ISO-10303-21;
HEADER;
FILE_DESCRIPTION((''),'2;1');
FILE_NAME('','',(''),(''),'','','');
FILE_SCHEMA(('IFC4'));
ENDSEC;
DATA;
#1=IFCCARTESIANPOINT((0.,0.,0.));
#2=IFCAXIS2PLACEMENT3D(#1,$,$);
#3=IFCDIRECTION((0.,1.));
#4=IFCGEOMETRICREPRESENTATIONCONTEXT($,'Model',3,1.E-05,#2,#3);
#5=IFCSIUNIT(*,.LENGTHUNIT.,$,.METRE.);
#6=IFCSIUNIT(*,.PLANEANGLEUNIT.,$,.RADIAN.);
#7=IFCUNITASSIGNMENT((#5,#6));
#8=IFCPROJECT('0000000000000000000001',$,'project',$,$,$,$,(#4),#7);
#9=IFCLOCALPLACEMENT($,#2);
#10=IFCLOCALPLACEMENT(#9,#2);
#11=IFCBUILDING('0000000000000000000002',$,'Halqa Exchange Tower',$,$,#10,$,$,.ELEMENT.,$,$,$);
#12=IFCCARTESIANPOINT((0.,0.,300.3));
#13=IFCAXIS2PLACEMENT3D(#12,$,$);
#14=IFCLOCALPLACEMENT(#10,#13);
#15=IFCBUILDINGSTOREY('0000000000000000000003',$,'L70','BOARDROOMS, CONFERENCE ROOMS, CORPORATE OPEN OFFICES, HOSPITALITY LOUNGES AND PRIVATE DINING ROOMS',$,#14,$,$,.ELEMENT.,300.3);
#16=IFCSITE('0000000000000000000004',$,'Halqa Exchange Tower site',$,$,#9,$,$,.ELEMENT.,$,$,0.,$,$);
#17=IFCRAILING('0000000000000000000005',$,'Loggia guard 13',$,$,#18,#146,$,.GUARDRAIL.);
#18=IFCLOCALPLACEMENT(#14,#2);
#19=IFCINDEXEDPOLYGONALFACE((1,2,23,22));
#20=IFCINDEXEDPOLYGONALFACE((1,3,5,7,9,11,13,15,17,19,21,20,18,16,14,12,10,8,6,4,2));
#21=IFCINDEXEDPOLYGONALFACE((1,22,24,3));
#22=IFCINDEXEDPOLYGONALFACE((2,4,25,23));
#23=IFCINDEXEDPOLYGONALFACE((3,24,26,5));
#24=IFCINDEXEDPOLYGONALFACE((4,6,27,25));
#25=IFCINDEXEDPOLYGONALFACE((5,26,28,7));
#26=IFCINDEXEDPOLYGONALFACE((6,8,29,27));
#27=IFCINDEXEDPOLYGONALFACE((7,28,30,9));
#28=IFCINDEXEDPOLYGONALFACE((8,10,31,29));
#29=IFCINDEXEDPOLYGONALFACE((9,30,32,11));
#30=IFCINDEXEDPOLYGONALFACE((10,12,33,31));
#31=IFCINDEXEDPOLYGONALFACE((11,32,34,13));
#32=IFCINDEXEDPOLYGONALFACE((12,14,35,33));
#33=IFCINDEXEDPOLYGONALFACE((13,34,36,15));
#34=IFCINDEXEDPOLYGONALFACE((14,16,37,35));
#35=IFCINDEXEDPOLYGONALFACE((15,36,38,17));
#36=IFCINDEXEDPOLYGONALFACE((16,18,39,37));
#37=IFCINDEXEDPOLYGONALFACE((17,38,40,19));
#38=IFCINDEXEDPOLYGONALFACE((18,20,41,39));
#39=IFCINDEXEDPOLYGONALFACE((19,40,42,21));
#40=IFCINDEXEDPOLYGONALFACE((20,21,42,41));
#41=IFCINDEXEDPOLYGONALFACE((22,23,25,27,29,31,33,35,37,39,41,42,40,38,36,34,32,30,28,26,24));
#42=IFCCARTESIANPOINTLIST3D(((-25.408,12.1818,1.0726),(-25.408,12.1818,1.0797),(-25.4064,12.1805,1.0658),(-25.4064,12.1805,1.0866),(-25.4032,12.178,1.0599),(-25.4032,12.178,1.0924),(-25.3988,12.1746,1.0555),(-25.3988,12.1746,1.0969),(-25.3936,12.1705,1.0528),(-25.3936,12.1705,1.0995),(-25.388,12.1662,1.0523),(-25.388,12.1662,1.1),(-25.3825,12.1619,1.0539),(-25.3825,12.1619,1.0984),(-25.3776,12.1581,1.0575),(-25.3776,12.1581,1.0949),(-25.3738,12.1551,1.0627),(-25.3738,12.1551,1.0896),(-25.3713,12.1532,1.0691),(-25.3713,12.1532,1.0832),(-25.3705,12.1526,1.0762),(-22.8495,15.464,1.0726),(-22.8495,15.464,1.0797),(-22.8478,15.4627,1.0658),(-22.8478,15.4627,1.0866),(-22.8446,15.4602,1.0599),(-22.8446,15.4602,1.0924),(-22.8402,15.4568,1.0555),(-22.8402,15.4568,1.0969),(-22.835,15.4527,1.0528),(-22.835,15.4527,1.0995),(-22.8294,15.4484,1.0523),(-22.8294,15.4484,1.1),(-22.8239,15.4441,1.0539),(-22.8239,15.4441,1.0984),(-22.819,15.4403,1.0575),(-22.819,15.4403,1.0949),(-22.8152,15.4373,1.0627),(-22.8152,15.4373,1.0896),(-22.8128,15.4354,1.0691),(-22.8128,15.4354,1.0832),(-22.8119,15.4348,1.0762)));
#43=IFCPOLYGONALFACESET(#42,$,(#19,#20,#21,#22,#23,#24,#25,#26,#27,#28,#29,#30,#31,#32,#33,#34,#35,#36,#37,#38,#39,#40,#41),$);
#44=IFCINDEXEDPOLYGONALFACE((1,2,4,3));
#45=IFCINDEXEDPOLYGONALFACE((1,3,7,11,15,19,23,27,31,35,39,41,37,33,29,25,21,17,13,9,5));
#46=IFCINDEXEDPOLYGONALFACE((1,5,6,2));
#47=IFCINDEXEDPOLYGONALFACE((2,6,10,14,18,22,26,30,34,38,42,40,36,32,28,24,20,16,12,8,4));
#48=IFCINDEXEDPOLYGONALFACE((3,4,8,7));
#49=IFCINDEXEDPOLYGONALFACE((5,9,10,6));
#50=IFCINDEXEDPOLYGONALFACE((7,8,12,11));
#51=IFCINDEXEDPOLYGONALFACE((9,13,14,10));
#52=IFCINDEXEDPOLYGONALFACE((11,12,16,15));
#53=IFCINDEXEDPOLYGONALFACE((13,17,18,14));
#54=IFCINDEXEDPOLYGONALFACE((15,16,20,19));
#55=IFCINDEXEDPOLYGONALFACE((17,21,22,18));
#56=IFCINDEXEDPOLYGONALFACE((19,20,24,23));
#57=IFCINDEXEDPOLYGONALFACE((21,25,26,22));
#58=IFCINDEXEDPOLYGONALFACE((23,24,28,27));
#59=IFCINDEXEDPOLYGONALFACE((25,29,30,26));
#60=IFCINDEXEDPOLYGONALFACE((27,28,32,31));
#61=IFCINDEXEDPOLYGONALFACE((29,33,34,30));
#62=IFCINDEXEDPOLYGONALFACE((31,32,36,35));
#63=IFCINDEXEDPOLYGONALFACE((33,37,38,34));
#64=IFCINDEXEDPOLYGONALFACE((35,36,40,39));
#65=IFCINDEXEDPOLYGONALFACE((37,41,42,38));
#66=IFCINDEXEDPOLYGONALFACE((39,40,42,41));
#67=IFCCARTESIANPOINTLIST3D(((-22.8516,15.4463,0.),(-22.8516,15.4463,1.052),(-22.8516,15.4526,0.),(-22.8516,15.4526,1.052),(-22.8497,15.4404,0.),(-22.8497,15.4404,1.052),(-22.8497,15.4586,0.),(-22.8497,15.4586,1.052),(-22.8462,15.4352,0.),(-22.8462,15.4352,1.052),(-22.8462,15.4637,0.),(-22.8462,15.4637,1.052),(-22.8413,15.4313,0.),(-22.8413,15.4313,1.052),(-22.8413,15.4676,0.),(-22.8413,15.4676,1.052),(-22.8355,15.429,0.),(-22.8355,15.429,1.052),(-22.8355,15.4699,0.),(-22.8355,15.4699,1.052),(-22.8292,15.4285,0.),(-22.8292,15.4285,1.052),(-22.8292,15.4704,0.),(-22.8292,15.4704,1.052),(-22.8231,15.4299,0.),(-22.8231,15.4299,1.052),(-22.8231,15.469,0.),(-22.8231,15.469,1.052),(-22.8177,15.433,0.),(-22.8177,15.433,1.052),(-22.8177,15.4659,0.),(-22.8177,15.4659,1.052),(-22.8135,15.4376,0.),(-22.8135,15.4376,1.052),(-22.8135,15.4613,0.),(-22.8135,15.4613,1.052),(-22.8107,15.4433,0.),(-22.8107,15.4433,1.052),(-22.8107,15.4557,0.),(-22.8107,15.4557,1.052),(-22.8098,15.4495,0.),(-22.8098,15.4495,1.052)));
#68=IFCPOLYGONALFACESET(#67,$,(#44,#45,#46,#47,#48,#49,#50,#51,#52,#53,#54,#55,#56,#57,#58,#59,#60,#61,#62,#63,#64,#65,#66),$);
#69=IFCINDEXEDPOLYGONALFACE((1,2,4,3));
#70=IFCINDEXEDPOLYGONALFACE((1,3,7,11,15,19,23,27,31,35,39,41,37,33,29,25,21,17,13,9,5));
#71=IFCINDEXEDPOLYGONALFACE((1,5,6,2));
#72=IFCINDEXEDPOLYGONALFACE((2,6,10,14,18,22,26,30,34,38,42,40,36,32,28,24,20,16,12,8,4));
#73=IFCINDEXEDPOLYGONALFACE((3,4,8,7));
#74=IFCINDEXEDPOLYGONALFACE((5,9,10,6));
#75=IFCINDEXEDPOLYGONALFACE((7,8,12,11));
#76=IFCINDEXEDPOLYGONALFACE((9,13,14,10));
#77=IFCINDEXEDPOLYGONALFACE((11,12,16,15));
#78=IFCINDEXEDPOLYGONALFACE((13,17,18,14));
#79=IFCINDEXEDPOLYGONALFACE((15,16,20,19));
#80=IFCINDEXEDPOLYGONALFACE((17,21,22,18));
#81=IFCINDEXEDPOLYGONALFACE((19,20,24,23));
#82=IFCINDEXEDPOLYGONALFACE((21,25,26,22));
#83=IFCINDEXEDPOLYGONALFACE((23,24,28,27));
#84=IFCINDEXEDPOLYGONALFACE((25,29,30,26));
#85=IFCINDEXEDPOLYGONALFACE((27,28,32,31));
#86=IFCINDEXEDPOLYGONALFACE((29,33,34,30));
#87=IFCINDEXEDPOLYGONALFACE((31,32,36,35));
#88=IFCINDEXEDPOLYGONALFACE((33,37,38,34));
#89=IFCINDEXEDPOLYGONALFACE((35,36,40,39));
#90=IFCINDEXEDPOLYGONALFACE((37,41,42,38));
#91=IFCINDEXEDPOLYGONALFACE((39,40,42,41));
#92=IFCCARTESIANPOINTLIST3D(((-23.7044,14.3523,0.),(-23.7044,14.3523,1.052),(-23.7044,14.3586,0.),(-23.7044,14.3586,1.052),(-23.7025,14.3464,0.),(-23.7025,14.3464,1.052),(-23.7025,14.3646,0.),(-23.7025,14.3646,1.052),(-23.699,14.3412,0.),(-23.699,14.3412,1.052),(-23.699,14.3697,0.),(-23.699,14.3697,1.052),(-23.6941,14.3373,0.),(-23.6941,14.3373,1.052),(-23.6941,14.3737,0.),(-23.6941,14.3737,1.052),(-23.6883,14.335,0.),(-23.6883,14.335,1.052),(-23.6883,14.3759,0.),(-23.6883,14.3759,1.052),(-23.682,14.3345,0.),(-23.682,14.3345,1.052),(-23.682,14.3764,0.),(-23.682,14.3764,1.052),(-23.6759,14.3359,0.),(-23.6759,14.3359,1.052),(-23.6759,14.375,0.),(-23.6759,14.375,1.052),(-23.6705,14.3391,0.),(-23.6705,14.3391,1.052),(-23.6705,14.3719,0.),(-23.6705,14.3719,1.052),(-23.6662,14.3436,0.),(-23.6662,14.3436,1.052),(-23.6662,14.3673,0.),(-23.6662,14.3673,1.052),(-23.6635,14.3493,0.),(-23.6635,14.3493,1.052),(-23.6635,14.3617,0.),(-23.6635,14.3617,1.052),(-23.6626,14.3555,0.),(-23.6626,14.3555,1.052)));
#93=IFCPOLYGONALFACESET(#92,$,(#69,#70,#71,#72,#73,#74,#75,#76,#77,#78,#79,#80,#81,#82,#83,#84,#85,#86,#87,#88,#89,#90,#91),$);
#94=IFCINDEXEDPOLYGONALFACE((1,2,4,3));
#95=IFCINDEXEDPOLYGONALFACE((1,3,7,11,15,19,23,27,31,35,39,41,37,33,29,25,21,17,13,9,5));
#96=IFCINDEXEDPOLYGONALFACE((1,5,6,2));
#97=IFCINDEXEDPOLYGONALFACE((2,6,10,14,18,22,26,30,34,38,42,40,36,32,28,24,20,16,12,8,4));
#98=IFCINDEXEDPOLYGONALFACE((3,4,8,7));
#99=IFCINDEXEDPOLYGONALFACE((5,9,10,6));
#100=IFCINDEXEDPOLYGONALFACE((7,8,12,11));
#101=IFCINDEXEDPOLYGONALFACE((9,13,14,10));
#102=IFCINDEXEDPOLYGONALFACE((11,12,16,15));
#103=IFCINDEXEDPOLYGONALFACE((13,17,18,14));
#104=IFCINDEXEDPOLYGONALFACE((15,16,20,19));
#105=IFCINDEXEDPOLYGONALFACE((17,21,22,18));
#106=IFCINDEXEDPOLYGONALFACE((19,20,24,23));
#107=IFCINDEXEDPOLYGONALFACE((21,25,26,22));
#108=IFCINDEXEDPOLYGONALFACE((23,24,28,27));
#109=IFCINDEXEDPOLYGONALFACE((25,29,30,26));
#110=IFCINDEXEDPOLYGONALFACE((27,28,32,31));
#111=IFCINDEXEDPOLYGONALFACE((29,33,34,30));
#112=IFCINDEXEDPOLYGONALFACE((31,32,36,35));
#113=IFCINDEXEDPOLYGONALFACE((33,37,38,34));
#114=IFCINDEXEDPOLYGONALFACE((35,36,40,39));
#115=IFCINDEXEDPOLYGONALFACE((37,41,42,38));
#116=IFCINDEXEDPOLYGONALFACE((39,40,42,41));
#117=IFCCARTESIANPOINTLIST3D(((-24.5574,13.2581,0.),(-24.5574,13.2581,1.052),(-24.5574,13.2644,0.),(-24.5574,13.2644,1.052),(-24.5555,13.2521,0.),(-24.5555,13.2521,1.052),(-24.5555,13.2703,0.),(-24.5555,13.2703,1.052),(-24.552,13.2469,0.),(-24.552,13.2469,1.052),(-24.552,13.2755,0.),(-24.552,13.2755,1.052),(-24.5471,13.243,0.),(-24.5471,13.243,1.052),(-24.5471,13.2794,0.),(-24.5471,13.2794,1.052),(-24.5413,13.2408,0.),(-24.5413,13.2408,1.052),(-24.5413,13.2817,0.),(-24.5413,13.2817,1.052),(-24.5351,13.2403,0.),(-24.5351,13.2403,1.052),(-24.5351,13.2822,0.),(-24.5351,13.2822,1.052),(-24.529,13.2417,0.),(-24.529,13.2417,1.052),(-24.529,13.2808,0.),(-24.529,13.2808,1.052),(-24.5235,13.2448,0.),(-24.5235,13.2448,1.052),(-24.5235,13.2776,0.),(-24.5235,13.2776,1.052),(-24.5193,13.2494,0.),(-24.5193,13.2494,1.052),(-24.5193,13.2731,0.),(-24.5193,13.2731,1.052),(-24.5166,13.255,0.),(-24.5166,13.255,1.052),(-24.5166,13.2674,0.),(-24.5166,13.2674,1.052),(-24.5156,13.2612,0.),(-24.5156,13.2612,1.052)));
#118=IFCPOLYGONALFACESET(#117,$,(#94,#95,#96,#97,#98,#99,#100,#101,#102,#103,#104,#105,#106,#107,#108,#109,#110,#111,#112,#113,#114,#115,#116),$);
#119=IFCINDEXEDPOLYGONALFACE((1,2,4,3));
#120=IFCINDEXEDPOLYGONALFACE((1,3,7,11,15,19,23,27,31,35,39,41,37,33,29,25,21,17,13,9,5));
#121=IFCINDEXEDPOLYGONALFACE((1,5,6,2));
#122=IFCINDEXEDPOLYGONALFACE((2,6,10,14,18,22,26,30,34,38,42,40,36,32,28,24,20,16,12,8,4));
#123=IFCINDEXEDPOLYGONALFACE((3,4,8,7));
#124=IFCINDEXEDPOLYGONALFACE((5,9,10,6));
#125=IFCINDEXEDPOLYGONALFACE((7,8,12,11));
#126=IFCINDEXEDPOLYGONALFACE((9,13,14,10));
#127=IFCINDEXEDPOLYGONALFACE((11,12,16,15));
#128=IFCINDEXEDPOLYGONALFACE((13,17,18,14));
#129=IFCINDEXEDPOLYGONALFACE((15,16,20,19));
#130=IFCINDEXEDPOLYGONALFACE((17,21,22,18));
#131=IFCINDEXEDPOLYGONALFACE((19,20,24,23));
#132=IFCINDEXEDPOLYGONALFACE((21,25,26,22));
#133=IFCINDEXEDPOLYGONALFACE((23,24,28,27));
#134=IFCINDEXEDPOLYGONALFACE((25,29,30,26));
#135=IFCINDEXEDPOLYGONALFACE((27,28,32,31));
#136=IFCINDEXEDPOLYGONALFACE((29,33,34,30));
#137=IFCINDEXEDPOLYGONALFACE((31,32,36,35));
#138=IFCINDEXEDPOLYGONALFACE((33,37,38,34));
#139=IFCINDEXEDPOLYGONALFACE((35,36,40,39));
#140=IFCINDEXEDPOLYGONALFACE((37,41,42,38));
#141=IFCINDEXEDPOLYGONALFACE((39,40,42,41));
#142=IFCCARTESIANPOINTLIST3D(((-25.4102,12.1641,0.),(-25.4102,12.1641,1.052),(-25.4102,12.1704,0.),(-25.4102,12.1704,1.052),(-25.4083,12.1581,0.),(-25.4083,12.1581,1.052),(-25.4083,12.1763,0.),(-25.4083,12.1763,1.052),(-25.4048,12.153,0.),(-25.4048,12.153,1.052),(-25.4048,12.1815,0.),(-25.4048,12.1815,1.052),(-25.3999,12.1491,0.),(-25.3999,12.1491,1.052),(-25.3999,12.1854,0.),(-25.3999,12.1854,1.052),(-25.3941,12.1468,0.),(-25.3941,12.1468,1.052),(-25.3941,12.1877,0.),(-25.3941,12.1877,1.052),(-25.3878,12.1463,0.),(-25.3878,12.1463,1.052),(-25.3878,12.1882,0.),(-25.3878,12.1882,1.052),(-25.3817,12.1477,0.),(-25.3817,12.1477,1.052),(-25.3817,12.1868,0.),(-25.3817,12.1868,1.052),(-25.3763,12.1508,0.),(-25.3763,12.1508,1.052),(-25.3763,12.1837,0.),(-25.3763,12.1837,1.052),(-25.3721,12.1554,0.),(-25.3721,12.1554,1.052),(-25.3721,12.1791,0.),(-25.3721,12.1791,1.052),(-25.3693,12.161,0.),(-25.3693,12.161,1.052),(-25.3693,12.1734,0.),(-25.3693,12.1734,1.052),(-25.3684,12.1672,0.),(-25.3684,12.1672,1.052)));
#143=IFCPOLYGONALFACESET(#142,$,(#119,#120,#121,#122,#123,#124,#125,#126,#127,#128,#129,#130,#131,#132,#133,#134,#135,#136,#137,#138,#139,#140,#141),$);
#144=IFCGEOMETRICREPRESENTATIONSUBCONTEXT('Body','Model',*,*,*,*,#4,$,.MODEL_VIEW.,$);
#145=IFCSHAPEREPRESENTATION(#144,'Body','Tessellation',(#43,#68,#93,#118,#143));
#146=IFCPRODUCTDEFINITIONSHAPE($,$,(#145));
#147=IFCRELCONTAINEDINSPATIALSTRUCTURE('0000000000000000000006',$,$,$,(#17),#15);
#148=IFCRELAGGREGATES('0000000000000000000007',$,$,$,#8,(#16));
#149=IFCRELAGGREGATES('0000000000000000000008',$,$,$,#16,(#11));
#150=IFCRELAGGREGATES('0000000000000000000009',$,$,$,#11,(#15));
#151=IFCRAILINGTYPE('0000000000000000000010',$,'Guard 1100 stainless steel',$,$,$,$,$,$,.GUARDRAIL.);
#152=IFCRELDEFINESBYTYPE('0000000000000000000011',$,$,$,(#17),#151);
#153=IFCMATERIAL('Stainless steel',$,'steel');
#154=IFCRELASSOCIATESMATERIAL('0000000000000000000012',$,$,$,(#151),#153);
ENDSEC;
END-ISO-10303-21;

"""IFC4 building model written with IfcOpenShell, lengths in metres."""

from ifc_helpers import new_model, si_unit, direction, frame, origin, origin_2d, place, context, subcontext, project, spatial, circle, extrude, material, type_object, element, save


model = new_model("IFC4")

# Units and contexts
model_context = context("Model", 3, precision=1e-05, world=origin(), true_north=direction((0.0, 1.0)))
body_context = subcontext(model_context, "Body", "Model", "MODEL_VIEW")
ifc_project = project(units=[si_unit("LENGTHUNIT", "METRE"), si_unit("PLANEANGLEUNIT", "RADIAN")], contexts=[model_context])

# Site, building, storey
site_placement = place(None, origin())
site = spatial("IfcSite", under=ifc_project, at=site_placement, Name="Halqa Exchange Tower site", CompositionType="ELEMENT", RefElevation=0.0)
building_placement = place(site_placement, origin())
building = spatial("IfcBuilding", under=site, at=building_placement, Name="Halqa Exchange Tower", CompositionType="ELEMENT")
storey_placement = place(building_placement, frame((0.0, 0.0, 300.3)))
storey = spatial("IfcBuildingStorey", under=building, at=storey_placement, Name="L70", Description="BOARDROOMS, CONFERENCE ROOMS, CORPORATE OPEN OFFICES, HOSPITALITY LOUNGES AND PRIVATE DINING ROOMS", CompositionType="ELEMENT", Elevation=300.3)

# Railing
ifc_material_1 = material(Name="Stainless steel", Category="steel")
railing_type = type_object("IfcRailingType", Name="Guard 1100 stainless steel", PredefinedType="GUARDRAIL", material=ifc_material_1)
railing_1_placement = place(storey_placement, frame((-22.8308, 15.4495, 0.0)))
element("IfcRailing", 1, at=railing_1_placement, inside=storey, type_object=railing_type, Name="Loggia guard 13", PredefinedType="GUARDRAIL", context=body_context, shape_type="SweptSolid", body=[
    extrude(circle(Radius=0.0239, at=origin_2d()), frame((0.0, 0.0, 1.0762), z_axis=(-0.614801, -0.788682, 0.0), x_axis=(0.788682, -0.614801, 0.0)), (0.0, 0.0, 1.0), 4.1616),
    extrude(circle(Radius=0.021, at=origin_2d()), origin(), (0.0, 0.0, 1.0), 1.052),
    extrude(circle(Radius=0.021, at=origin_2d()), frame((-0.8528, -1.094, 0.0)), (0.0, 0.0, 1.0), 1.052),
    extrude(circle(Radius=0.021, at=origin_2d()), frame((-1.7058, -2.1882, 0.0)), (0.0, 0.0, 1.0), 1.052),
    extrude(circle(Radius=0.021, at=origin_2d()), frame((-2.5586, -3.2822, 0.0)), (0.0, 0.0, 1.0), 1.052),
])

save(model, "model.ifc")
